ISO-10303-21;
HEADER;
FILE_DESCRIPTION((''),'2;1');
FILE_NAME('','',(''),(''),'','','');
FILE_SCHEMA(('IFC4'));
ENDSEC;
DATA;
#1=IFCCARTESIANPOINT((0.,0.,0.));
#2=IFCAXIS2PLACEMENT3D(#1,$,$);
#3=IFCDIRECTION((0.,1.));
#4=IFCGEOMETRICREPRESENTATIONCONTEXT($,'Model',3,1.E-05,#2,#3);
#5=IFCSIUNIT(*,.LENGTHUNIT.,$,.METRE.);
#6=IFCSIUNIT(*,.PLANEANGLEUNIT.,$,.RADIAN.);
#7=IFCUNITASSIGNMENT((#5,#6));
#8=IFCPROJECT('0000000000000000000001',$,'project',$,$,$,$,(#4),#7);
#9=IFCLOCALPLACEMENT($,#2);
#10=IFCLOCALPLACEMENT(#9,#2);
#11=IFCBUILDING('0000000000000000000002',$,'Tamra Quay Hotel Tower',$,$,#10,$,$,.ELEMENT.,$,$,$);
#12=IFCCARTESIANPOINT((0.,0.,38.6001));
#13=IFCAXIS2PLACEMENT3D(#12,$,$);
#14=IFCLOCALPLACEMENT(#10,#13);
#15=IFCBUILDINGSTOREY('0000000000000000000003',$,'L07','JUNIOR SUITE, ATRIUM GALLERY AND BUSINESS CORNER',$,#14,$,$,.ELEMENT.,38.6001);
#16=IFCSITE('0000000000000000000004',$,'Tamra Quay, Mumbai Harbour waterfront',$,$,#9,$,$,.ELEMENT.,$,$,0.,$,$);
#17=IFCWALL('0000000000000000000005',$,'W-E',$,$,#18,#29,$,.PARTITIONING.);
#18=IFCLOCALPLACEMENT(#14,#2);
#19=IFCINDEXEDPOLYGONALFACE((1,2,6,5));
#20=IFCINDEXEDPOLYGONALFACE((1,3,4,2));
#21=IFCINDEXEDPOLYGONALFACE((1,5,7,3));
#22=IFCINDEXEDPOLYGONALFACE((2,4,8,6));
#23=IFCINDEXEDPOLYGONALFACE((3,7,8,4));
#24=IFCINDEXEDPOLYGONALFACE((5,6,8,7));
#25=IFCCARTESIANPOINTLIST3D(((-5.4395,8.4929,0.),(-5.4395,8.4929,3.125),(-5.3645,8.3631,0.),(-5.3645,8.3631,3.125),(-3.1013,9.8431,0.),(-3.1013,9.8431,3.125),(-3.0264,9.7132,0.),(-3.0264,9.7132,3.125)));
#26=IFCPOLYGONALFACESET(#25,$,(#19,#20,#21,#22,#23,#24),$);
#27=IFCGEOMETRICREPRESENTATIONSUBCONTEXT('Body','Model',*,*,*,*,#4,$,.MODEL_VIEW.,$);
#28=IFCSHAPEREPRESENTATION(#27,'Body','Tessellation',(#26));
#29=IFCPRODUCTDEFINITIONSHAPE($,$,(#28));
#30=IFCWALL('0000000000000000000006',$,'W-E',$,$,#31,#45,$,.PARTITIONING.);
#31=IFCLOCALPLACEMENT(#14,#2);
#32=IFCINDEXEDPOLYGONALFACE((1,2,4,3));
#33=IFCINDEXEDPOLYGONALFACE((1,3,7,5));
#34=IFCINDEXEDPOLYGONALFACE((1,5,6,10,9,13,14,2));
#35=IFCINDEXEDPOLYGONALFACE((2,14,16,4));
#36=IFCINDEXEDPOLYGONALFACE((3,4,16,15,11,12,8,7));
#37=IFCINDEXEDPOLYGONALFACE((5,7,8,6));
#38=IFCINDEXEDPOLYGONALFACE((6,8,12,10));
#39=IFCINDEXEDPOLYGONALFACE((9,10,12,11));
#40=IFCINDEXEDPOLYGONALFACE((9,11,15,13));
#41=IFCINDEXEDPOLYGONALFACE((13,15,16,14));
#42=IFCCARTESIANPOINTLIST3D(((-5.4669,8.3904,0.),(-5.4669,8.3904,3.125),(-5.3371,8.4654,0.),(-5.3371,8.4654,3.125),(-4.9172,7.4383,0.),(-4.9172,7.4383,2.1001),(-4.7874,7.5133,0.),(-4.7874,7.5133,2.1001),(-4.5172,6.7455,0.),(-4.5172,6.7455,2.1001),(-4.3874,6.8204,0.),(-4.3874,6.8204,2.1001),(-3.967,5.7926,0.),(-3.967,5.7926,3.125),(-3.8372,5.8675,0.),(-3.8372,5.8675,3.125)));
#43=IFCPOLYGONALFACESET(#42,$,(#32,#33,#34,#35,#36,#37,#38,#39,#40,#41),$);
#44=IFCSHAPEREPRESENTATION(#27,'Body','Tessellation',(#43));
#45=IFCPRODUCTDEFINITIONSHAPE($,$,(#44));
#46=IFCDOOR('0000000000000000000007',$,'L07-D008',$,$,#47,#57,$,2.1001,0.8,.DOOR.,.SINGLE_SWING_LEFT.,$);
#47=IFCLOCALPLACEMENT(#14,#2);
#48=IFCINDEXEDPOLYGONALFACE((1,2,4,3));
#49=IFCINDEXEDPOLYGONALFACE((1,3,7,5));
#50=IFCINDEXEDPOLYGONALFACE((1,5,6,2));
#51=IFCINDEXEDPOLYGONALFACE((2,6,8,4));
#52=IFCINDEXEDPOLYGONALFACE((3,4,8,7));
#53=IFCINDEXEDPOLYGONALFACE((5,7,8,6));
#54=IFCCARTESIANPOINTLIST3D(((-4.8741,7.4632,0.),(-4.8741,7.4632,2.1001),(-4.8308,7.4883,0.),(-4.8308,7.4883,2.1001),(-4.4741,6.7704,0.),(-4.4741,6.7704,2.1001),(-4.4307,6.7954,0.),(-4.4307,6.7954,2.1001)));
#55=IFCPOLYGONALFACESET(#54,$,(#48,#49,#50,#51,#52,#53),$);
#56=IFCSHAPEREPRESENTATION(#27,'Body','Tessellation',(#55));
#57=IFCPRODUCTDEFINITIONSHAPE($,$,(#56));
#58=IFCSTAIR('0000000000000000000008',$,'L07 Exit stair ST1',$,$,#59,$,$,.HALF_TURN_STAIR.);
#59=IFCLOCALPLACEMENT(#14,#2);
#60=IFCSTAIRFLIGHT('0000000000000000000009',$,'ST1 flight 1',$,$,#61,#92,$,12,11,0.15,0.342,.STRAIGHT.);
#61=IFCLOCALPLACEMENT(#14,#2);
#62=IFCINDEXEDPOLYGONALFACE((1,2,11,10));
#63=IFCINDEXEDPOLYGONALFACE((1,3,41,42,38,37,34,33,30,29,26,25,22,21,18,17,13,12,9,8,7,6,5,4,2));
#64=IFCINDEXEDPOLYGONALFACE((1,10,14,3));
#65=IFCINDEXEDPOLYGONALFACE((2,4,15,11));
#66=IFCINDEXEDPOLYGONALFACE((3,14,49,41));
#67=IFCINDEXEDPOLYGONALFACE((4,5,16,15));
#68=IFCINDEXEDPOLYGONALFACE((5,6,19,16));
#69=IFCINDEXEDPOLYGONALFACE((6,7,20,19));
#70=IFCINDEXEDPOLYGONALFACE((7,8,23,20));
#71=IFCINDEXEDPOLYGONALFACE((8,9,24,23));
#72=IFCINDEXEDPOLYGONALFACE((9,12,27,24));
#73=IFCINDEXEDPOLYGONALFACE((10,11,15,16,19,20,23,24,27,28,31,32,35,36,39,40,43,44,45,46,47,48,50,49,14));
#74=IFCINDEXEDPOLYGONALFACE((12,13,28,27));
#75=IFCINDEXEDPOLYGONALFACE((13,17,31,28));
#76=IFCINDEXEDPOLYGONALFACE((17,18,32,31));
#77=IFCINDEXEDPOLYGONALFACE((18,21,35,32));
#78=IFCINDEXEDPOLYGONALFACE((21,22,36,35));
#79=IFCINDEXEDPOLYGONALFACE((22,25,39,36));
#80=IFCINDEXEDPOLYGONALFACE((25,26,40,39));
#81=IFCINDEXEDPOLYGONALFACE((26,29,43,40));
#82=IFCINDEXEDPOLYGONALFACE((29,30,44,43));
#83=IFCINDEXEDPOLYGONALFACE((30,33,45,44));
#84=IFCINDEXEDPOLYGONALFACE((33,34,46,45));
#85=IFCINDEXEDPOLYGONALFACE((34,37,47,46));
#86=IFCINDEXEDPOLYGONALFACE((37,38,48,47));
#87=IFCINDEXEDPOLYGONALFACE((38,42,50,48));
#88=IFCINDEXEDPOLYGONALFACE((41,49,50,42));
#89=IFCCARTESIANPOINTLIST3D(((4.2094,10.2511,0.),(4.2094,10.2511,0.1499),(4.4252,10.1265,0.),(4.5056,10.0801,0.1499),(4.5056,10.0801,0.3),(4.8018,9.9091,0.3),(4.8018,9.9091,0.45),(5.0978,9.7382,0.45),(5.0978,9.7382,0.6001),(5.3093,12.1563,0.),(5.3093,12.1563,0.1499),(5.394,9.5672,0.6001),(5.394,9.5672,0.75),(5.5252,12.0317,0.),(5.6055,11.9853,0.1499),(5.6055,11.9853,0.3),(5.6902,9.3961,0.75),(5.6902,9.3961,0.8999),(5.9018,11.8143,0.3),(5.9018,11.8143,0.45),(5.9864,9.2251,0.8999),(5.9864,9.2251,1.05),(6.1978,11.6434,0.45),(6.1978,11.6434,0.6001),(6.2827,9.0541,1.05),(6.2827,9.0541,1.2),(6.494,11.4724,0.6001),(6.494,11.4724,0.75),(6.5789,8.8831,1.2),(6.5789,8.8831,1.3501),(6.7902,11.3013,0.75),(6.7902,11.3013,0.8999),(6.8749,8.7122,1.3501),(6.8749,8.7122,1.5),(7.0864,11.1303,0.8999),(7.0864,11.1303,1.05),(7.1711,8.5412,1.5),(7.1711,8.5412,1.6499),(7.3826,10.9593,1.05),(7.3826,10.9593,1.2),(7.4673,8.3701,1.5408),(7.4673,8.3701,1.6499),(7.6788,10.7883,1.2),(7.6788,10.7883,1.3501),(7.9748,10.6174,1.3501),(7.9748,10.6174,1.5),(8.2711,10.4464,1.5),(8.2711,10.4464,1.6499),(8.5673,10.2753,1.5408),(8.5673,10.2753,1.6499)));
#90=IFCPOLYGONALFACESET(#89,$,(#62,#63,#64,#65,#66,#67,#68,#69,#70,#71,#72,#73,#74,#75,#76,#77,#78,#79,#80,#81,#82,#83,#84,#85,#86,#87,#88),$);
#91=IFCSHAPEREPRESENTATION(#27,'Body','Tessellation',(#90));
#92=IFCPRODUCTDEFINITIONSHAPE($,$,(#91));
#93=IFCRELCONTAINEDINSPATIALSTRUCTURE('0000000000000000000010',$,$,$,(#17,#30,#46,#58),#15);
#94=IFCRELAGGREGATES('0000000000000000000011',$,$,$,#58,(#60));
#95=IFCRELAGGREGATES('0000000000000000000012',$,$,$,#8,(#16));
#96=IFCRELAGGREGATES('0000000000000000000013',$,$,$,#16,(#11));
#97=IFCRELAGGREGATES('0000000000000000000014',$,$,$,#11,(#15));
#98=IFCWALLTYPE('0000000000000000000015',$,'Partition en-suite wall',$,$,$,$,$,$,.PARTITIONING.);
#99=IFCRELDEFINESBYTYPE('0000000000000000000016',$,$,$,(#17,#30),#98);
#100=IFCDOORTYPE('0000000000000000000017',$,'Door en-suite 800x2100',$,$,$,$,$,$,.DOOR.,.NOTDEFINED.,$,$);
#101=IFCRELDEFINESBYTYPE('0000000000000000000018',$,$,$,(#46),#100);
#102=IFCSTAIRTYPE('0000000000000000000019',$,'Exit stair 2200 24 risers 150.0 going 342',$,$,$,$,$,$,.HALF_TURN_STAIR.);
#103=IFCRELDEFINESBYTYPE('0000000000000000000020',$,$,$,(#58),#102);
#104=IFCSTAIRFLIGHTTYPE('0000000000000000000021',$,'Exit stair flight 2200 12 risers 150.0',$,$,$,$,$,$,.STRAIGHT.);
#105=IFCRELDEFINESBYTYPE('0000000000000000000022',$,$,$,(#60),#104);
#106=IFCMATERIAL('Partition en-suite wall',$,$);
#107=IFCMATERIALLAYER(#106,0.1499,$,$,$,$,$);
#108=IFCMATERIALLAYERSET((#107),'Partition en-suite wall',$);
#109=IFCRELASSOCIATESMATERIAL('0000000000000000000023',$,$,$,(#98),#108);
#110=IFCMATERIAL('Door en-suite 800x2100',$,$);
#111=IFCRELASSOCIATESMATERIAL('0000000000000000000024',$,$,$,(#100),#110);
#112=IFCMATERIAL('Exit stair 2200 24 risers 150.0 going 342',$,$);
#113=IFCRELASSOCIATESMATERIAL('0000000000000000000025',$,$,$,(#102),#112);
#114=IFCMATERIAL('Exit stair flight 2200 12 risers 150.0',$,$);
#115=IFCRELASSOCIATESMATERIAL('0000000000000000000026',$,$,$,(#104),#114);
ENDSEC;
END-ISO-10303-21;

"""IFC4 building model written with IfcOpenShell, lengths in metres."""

from ifc_helpers import new_model, si_unit, direction, frame, frame_2d, origin, place, context, subcontext, project, spatial, polyline, rectangle, outline, extrude, material, layer, layer_set, type_object, element, fill, aggregate, save


model = new_model("IFC4")

# Units and contexts
model_context = context("Model", 3, precision=1e-05, world=origin(), true_north=direction((0.0, 1.0)))
body_context = subcontext(model_context, "Body", "Model", "MODEL_VIEW")
ifc_project = project(units=[si_unit("LENGTHUNIT", "METRE"), si_unit("PLANEANGLEUNIT", "RADIAN")], contexts=[model_context])

# Site, building, storey
site_placement = place(None, origin())
site = spatial("IfcSite", under=ifc_project, at=site_placement, Name="Tamra Quay, Mumbai Harbour waterfront", CompositionType="ELEMENT", RefElevation=0.0)
building_placement = place(site_placement, origin())
building = spatial("IfcBuilding", under=site, at=building_placement, Name="Tamra Quay Hotel Tower", CompositionType="ELEMENT")
storey_placement = place(building_placement, frame((0.0, 0.0, 38.6001)))
storey = spatial("IfcBuildingStorey", under=building, at=storey_placement, Name="L07", Description="JUNIOR SUITE, ATRIUM GALLERY AND BUSINESS CORNER", CompositionType="ELEMENT", Elevation=38.6001)

# Wall
ifc_material_1 = material(Name="Partition en-suite wall")
ifc_layer_1 = layer(ifc_material_1, 0.1499)
ifc_layer_set_1 = layer_set([ifc_layer_1], Name="Partition en-suite wall")
wall_type_1 = type_object("IfcWallType", Name="Partition en-suite wall", PredefinedType="PARTITIONING", material=ifc_layer_set_1)
wall_1_placement = place(storey_placement, frame((-5.4021, 8.428, 0.0), z_axis=(0.0, 0.0, 1.0), x_axis=(0.865997, 0.500049, 0.0)))
element("IfcWall", 1, at=wall_1_placement, inside=storey, type_object=wall_type_1, Name="W-E", PredefinedType="PARTITIONING", context=body_context, shape_type="SweptSolid", body=[
    extrude(rectangle(XDim=2.7, YDim=0.1499, at=frame_2d((1.3501, 0.0))), origin(), (0.0, 0.0, 1.0), 3.125),
])

# Wall, opening, door
wall_2_placement = place(storey_placement, frame((-5.4021, 8.428, 0.0), z_axis=(0.0, 0.0, 1.0), x_axis=(0.500025, -0.866011, 0.0)))
wall_2 = element("IfcWall", 2, at=wall_2_placement, inside=storey, type_object=wall_type_1, Name="W-E", PredefinedType="PARTITIONING", context=body_context, shape_type="SweptSolid", body=[
    extrude(rectangle(XDim=2.9998, YDim=0.1499, at=frame_2d((1.5, 0.0))), origin(), (0.0, 0.0, 1.0), 3.125),
])
opening_1_placement = place(wall_2_placement, frame((1.0996, 0.0, 0.0)))
opening_1 = element("IfcOpeningElement", 3, at=opening_1_placement, cuts=wall_2, PredefinedType="OPENING", context=body_context, shape_type="SweptSolid", body=[
    extrude(rectangle(XDim=0.8, YDim=2.1001, at=frame_2d((0.3999, 1.05))), frame((0.0, 0.085, 0.0), z_axis=(0.0, -1.0, 0.0), x_axis=(1.0, 0.0, 0.0)), (0.0, 0.0, 1.0), 0.1699),
])
ifc_material_2 = material(Name="Door en-suite 800x2100")
door_type_1 = type_object("IfcDoorType", Name="Door en-suite 800x2100", OperationType="NOTDEFINED", PredefinedType="DOOR", material=ifc_material_2)
door_1_placement = place(opening_1_placement, origin())
door_1 = element("IfcDoor", 4, at=door_1_placement, inside=storey, type_object=door_type_1, Name="L07-D008", OperationType="SINGLE_SWING_LEFT", OverallHeight=2.1001, OverallWidth=0.8, PredefinedType="DOOR", context=body_context, shape_type="SweptSolid", body=[
    extrude(rectangle(XDim=0.8, YDim=2.1001, at=frame_2d((0.3999, 1.05))), frame((0.0, 0.0249, 0.0), z_axis=(0.0, -1.0, 0.0), x_axis=(1.0, 0.0, 0.0)), (0.0, 0.0, 1.0), 0.05),
])
fill(opening_1, door_1)

# Stair, stair flight
ifc_material_3 = material(Name="Exit stair 2200 24 risers 150.0 going 342")
stair_type = type_object("IfcStairType", Name="Exit stair 2200 24 risers 150.0 going 342", PredefinedType="HALF_TURN_STAIR", material=ifc_material_3)
stair_placement = place(storey_placement, origin())
stair = element("IfcStair", 5, at=stair_placement, inside=storey, type_object=stair_type, Name="L07 Exit stair ST1", PredefinedType="HALF_TURN_STAIR")
ifc_material_4 = material(Name="Exit stair flight 2200 12 risers 150.0")
stair_flight_type = type_object("IfcStairFlightType", Name="Exit stair flight 2200 12 risers 150.0", PredefinedType="STRAIGHT", material=ifc_material_4)
stair_flight_placement = place(storey_placement, frame((4.7593, 11.2036, 0.0), z_axis=(0.0, 0.0, 1.0), x_axis=(0.866025, -0.5, 0.0)))
stair_flight = element("IfcStairFlight", 6, at=stair_flight_placement, type_object=stair_flight_type, Name="ST1 flight 1", NumberOfRisers=12, NumberOfTreads=11, PredefinedType="STRAIGHT", RiserHeight=0.15, TreadLength=0.342, context=body_context, shape_type="SweptSolid", body=[
    extrude(outline(polyline([(0.0, 0.0), (0.0, 0.1499), (0.342, 0.1499), (0.342, 0.3), (0.6841, 0.3), (0.6841, 0.45), (1.0259, 0.45), (1.0259, 0.6001), (1.3679, 0.6001), (1.3679, 0.75), (1.71, 0.75), (1.71, 0.8999), (2.052, 0.8999), (2.052, 1.05), (2.394, 1.05), (2.394, 1.2), (2.7361, 1.2), (2.7361, 1.3501), (3.0779, 1.3501), (3.0779, 1.5), (3.4199, 1.5), (3.4199, 1.6499), (3.762, 1.6499), (3.762, 1.8), (3.762, 1.5408), (0.2493, 0.0), (0.0, 0.0)])), frame((0.0, 1.1001, 0.0), z_axis=(0.0, -1.0, 0.0), x_axis=(1.0, 0.0, 0.0)), (0.0, 0.0, 1.0), 2.2),
])
aggregate(stair, [stair_flight])

save(model, "model.ifc")
